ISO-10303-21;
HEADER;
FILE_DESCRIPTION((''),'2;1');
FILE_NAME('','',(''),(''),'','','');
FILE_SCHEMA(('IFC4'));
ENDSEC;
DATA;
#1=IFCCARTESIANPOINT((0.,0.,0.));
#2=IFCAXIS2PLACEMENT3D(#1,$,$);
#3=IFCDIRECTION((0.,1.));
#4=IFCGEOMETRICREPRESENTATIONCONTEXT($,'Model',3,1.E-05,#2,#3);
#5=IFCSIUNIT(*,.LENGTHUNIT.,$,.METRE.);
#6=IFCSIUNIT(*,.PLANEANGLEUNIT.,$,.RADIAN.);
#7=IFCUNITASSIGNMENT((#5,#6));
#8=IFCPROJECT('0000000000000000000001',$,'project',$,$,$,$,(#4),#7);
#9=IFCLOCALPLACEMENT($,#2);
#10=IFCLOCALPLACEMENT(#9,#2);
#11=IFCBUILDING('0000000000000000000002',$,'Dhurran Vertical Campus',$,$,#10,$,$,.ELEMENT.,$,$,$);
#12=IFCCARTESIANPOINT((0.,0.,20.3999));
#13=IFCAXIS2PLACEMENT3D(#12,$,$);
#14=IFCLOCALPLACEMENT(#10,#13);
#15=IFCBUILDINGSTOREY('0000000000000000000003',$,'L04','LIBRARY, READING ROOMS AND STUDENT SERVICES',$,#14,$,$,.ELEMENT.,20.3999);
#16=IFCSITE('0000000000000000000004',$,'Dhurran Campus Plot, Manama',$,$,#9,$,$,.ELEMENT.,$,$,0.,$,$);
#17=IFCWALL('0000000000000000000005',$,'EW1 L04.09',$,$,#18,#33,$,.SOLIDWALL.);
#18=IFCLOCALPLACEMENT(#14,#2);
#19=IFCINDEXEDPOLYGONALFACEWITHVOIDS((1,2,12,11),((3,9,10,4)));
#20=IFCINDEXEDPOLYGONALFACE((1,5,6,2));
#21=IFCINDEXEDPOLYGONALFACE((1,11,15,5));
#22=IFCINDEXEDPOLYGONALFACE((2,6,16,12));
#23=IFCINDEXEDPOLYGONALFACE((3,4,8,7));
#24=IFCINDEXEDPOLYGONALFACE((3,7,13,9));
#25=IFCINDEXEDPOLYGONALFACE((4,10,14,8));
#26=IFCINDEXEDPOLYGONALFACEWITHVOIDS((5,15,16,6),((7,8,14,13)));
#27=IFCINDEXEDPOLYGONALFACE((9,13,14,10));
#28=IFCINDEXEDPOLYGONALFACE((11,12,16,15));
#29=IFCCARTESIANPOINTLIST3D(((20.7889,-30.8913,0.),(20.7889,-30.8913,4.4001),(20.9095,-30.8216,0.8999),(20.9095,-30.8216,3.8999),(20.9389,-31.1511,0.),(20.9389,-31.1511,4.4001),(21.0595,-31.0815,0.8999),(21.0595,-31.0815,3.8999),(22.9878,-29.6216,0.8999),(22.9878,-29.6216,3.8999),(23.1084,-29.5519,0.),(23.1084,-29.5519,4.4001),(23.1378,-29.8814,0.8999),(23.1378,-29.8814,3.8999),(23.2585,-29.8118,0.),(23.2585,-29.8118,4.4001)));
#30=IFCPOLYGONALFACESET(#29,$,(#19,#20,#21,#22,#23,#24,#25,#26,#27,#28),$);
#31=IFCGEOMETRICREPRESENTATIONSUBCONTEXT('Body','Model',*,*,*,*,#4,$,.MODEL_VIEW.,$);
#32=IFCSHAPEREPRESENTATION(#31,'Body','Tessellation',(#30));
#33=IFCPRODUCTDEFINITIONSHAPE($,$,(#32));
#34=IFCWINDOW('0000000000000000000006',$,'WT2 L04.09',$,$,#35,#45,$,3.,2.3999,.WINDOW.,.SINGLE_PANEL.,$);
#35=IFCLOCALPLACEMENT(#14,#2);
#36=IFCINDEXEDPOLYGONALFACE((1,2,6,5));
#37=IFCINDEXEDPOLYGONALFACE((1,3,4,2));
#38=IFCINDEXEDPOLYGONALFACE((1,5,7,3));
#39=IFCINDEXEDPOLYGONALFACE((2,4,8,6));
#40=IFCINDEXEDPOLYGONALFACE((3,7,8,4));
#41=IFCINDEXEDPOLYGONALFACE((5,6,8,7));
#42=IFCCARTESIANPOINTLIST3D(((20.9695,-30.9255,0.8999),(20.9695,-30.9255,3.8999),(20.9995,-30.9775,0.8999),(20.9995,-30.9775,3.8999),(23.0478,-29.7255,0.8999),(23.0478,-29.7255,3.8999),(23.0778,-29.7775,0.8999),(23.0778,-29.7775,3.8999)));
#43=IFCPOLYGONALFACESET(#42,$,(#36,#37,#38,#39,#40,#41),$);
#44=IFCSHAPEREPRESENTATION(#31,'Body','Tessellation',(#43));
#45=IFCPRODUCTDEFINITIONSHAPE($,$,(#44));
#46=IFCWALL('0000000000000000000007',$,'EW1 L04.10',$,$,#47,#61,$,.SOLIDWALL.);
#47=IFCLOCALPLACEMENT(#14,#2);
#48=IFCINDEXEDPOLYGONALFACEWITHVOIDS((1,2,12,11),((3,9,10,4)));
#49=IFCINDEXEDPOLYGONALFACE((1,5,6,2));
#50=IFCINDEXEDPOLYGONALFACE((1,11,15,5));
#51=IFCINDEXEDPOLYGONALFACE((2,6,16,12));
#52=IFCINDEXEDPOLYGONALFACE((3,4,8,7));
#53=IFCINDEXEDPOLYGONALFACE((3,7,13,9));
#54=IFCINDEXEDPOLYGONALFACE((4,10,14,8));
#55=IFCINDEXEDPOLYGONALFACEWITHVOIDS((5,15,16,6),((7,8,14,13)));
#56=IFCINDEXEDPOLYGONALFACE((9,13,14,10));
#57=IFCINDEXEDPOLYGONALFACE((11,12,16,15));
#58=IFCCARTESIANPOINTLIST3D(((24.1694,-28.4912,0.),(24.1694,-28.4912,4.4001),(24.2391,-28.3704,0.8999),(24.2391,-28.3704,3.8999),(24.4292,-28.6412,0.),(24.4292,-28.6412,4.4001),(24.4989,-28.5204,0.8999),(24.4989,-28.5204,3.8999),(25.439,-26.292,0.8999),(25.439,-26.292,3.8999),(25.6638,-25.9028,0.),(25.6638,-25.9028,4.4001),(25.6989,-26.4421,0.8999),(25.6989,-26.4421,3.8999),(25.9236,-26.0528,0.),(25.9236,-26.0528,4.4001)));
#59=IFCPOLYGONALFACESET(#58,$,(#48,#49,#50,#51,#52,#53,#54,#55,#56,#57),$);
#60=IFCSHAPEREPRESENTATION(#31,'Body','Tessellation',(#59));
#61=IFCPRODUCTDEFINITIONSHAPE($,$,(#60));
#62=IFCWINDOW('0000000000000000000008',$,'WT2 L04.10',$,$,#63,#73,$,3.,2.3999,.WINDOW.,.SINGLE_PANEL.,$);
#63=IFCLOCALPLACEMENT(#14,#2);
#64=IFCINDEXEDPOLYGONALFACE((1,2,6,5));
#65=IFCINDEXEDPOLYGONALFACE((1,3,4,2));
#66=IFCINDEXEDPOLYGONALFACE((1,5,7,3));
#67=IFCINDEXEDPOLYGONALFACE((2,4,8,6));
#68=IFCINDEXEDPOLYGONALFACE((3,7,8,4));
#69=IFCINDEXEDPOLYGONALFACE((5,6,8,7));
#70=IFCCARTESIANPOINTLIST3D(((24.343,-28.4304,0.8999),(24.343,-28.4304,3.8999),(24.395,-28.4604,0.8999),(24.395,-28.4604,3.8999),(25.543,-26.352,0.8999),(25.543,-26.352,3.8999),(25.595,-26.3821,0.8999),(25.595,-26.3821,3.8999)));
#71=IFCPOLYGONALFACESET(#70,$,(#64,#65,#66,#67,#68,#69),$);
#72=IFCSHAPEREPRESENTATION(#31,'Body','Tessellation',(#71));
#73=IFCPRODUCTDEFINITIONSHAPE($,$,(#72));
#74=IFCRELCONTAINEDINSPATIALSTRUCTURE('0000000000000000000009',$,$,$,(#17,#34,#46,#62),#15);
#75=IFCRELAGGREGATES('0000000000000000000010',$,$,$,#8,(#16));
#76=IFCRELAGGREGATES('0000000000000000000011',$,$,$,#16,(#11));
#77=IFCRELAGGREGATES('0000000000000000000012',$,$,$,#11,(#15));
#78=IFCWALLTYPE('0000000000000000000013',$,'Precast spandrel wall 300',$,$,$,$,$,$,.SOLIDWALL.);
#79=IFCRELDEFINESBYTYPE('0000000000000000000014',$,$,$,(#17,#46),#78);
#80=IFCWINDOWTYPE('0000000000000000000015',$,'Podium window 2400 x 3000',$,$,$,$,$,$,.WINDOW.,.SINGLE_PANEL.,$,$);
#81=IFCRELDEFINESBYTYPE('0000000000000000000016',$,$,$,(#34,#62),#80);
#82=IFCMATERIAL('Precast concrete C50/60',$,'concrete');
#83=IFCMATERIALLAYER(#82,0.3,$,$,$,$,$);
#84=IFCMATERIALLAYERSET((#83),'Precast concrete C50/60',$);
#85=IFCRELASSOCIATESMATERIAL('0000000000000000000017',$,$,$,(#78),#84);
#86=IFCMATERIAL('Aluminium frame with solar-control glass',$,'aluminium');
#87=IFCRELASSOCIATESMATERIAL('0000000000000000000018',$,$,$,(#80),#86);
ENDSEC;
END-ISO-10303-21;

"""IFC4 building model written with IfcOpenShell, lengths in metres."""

from ifc_helpers import new_model, si_unit, direction, frame, frame_2d, origin, place, context, subcontext, project, spatial, rectangle, extrude, material, layer, layer_set, type_object, element, fill, save


model = new_model("IFC4")

# Units and contexts
model_context = context("Model", 3, precision=1e-05, world=origin(), true_north=direction((0.0, 1.0)))
body_context = subcontext(model_context, "Body", "Model", "MODEL_VIEW")
ifc_project = project(units=[si_unit("LENGTHUNIT", "METRE"), si_unit("PLANEANGLEUNIT", "RADIAN")], contexts=[model_context])

# Site, building, storey
site_placement = place(None, origin())
site = spatial("IfcSite", under=ifc_project, at=site_placement, Name="Dhurran Campus Plot, Manama", CompositionType="ELEMENT", RefElevation=0.0)
building_placement = place(site_placement, origin())
building = spatial("IfcBuilding", under=site, at=building_placement, Name="Dhurran Vertical Campus", CompositionType="ELEMENT")
storey_placement = place(building_placement, frame((0.0, 0.0, 20.3999)))
storey = spatial("IfcBuildingStorey", under=building, at=storey_placement, Name="L04", Description="LIBRARY, READING ROOMS AND STUDENT SERVICES", CompositionType="ELEMENT", Elevation=20.3999)

# Walls, openings, windows
ifc_material_1 = material(Name="Precast concrete C50/60", Category="concrete")
ifc_layer_1 = layer(ifc_material_1, 0.3)
ifc_layer_set_1 = layer_set([ifc_layer_1], Name="Precast concrete C50/60")
wall_type = type_object("IfcWallType", Name="Precast spandrel wall 300", PredefinedType="SOLIDWALL", material=ifc_layer_set_1)
ifc_material_2 = material(Name="Aluminium frame with solar-control glass", Category="aluminium")
window_type = type_object("IfcWindowType", Name="Podium window 2400 x 3000", PartitioningType="SINGLE_PANEL", PredefinedType="WINDOW", material=ifc_material_2)
wall_1_placement = place(storey_placement, frame((20.8638, -31.0212, 0.0), z_axis=(0.0, 0.0, 1.0), x_axis=(0.866002, 0.500041, 0.0)))
wall_1 = element("IfcWall", 1, at=wall_1_placement, inside=storey, type_object=wall_type, Name="EW1 L04.09", PredefinedType="SOLIDWALL", context=body_context, shape_type="SweptSolid", body=[
    extrude(rectangle(XDim=2.6785, YDim=0.3, at=frame_2d((1.3394, 0.0))), origin(), (0.0, 0.0, 1.0), 4.4001),
])
opening_1_placement = place(wall_1_placement, frame((0.1394, 0.0, 0.8999)))
opening_1 = element("IfcOpeningElement", 2, at=opening_1_placement, cuts=wall_1, PredefinedType="OPENING", context=body_context, shape_type="SweptSolid", body=[
    extrude(rectangle(XDim=2.3999, YDim=3.0, at=frame_2d((1.2, 1.5))), frame((0.0, 0.1599, 0.0), z_axis=(0.0, -1.0, 0.0), x_axis=(1.0, 0.0, 0.0)), (0.0, 0.0, 1.0), 0.3201),
])
window_1_placement = place(opening_1_placement, origin())
window_1 = element("IfcWindow", 3, at=window_1_placement, inside=storey, type_object=window_type, Name="WT2 L04.09", OverallHeight=3.0, OverallWidth=2.3999, PartitioningType="SINGLE_PANEL", PredefinedType="WINDOW", context=body_context, shape_type="SweptSolid", body=[
    extrude(rectangle(XDim=2.3999, YDim=3.0, at=frame_2d((1.2, 1.5))), frame((0.0, 0.03, 0.0), z_axis=(0.0, -1.0, 0.0), x_axis=(1.0, 0.0, 0.0)), (0.0, 0.0, 1.0), 0.0601),
])
fill(opening_1, window_1)
wall_2_placement = place(storey_placement, frame((24.2993, -28.5662, 0.0), z_axis=(0.0, 0.0, 1.0), x_axis=(0.499996, 0.866028, 0.0)))
wall_2 = element("IfcWall", 4, at=wall_2_placement, inside=storey, type_object=wall_type, Name="EW1 L04.10", PredefinedType="SOLIDWALL", context=body_context, shape_type="SweptSolid", body=[
    extrude(rectangle(XDim=2.9888, YDim=0.3, at=frame_2d((1.4944, 0.0))), origin(), (0.0, 0.0, 1.0), 4.4001),
])
opening_2_placement = place(wall_2_placement, frame((0.1394, 0.0, 0.8999)))
opening_2 = element("IfcOpeningElement", 5, at=opening_2_placement, cuts=wall_2, PredefinedType="OPENING", context=body_context, shape_type="SweptSolid", body=[
    extrude(rectangle(XDim=2.3999, YDim=3.0, at=frame_2d((1.2, 1.5))), frame((0.0, 0.1599, 0.0), z_axis=(0.0, -1.0, 0.0), x_axis=(1.0, 0.0, 0.0)), (0.0, 0.0, 1.0), 0.3201),
])
window_2_placement = place(opening_2_placement, origin())
window_2 = element("IfcWindow", 6, at=window_2_placement, inside=storey, type_object=window_type, Name="WT2 L04.10", OverallHeight=3.0, OverallWidth=2.3999, PartitioningType="SINGLE_PANEL", PredefinedType="WINDOW", context=body_context, shape_type="SweptSolid", body=[
    extrude(rectangle(XDim=2.3999, YDim=3.0, at=frame_2d((1.2, 1.5))), frame((0.0, 0.03, 0.0), z_axis=(0.0, -1.0, 0.0), x_axis=(1.0, 0.0, 0.0)), (0.0, 0.0, 1.0), 0.0601),
])
fill(opening_2, window_2)

save(model, "model.ifc")
